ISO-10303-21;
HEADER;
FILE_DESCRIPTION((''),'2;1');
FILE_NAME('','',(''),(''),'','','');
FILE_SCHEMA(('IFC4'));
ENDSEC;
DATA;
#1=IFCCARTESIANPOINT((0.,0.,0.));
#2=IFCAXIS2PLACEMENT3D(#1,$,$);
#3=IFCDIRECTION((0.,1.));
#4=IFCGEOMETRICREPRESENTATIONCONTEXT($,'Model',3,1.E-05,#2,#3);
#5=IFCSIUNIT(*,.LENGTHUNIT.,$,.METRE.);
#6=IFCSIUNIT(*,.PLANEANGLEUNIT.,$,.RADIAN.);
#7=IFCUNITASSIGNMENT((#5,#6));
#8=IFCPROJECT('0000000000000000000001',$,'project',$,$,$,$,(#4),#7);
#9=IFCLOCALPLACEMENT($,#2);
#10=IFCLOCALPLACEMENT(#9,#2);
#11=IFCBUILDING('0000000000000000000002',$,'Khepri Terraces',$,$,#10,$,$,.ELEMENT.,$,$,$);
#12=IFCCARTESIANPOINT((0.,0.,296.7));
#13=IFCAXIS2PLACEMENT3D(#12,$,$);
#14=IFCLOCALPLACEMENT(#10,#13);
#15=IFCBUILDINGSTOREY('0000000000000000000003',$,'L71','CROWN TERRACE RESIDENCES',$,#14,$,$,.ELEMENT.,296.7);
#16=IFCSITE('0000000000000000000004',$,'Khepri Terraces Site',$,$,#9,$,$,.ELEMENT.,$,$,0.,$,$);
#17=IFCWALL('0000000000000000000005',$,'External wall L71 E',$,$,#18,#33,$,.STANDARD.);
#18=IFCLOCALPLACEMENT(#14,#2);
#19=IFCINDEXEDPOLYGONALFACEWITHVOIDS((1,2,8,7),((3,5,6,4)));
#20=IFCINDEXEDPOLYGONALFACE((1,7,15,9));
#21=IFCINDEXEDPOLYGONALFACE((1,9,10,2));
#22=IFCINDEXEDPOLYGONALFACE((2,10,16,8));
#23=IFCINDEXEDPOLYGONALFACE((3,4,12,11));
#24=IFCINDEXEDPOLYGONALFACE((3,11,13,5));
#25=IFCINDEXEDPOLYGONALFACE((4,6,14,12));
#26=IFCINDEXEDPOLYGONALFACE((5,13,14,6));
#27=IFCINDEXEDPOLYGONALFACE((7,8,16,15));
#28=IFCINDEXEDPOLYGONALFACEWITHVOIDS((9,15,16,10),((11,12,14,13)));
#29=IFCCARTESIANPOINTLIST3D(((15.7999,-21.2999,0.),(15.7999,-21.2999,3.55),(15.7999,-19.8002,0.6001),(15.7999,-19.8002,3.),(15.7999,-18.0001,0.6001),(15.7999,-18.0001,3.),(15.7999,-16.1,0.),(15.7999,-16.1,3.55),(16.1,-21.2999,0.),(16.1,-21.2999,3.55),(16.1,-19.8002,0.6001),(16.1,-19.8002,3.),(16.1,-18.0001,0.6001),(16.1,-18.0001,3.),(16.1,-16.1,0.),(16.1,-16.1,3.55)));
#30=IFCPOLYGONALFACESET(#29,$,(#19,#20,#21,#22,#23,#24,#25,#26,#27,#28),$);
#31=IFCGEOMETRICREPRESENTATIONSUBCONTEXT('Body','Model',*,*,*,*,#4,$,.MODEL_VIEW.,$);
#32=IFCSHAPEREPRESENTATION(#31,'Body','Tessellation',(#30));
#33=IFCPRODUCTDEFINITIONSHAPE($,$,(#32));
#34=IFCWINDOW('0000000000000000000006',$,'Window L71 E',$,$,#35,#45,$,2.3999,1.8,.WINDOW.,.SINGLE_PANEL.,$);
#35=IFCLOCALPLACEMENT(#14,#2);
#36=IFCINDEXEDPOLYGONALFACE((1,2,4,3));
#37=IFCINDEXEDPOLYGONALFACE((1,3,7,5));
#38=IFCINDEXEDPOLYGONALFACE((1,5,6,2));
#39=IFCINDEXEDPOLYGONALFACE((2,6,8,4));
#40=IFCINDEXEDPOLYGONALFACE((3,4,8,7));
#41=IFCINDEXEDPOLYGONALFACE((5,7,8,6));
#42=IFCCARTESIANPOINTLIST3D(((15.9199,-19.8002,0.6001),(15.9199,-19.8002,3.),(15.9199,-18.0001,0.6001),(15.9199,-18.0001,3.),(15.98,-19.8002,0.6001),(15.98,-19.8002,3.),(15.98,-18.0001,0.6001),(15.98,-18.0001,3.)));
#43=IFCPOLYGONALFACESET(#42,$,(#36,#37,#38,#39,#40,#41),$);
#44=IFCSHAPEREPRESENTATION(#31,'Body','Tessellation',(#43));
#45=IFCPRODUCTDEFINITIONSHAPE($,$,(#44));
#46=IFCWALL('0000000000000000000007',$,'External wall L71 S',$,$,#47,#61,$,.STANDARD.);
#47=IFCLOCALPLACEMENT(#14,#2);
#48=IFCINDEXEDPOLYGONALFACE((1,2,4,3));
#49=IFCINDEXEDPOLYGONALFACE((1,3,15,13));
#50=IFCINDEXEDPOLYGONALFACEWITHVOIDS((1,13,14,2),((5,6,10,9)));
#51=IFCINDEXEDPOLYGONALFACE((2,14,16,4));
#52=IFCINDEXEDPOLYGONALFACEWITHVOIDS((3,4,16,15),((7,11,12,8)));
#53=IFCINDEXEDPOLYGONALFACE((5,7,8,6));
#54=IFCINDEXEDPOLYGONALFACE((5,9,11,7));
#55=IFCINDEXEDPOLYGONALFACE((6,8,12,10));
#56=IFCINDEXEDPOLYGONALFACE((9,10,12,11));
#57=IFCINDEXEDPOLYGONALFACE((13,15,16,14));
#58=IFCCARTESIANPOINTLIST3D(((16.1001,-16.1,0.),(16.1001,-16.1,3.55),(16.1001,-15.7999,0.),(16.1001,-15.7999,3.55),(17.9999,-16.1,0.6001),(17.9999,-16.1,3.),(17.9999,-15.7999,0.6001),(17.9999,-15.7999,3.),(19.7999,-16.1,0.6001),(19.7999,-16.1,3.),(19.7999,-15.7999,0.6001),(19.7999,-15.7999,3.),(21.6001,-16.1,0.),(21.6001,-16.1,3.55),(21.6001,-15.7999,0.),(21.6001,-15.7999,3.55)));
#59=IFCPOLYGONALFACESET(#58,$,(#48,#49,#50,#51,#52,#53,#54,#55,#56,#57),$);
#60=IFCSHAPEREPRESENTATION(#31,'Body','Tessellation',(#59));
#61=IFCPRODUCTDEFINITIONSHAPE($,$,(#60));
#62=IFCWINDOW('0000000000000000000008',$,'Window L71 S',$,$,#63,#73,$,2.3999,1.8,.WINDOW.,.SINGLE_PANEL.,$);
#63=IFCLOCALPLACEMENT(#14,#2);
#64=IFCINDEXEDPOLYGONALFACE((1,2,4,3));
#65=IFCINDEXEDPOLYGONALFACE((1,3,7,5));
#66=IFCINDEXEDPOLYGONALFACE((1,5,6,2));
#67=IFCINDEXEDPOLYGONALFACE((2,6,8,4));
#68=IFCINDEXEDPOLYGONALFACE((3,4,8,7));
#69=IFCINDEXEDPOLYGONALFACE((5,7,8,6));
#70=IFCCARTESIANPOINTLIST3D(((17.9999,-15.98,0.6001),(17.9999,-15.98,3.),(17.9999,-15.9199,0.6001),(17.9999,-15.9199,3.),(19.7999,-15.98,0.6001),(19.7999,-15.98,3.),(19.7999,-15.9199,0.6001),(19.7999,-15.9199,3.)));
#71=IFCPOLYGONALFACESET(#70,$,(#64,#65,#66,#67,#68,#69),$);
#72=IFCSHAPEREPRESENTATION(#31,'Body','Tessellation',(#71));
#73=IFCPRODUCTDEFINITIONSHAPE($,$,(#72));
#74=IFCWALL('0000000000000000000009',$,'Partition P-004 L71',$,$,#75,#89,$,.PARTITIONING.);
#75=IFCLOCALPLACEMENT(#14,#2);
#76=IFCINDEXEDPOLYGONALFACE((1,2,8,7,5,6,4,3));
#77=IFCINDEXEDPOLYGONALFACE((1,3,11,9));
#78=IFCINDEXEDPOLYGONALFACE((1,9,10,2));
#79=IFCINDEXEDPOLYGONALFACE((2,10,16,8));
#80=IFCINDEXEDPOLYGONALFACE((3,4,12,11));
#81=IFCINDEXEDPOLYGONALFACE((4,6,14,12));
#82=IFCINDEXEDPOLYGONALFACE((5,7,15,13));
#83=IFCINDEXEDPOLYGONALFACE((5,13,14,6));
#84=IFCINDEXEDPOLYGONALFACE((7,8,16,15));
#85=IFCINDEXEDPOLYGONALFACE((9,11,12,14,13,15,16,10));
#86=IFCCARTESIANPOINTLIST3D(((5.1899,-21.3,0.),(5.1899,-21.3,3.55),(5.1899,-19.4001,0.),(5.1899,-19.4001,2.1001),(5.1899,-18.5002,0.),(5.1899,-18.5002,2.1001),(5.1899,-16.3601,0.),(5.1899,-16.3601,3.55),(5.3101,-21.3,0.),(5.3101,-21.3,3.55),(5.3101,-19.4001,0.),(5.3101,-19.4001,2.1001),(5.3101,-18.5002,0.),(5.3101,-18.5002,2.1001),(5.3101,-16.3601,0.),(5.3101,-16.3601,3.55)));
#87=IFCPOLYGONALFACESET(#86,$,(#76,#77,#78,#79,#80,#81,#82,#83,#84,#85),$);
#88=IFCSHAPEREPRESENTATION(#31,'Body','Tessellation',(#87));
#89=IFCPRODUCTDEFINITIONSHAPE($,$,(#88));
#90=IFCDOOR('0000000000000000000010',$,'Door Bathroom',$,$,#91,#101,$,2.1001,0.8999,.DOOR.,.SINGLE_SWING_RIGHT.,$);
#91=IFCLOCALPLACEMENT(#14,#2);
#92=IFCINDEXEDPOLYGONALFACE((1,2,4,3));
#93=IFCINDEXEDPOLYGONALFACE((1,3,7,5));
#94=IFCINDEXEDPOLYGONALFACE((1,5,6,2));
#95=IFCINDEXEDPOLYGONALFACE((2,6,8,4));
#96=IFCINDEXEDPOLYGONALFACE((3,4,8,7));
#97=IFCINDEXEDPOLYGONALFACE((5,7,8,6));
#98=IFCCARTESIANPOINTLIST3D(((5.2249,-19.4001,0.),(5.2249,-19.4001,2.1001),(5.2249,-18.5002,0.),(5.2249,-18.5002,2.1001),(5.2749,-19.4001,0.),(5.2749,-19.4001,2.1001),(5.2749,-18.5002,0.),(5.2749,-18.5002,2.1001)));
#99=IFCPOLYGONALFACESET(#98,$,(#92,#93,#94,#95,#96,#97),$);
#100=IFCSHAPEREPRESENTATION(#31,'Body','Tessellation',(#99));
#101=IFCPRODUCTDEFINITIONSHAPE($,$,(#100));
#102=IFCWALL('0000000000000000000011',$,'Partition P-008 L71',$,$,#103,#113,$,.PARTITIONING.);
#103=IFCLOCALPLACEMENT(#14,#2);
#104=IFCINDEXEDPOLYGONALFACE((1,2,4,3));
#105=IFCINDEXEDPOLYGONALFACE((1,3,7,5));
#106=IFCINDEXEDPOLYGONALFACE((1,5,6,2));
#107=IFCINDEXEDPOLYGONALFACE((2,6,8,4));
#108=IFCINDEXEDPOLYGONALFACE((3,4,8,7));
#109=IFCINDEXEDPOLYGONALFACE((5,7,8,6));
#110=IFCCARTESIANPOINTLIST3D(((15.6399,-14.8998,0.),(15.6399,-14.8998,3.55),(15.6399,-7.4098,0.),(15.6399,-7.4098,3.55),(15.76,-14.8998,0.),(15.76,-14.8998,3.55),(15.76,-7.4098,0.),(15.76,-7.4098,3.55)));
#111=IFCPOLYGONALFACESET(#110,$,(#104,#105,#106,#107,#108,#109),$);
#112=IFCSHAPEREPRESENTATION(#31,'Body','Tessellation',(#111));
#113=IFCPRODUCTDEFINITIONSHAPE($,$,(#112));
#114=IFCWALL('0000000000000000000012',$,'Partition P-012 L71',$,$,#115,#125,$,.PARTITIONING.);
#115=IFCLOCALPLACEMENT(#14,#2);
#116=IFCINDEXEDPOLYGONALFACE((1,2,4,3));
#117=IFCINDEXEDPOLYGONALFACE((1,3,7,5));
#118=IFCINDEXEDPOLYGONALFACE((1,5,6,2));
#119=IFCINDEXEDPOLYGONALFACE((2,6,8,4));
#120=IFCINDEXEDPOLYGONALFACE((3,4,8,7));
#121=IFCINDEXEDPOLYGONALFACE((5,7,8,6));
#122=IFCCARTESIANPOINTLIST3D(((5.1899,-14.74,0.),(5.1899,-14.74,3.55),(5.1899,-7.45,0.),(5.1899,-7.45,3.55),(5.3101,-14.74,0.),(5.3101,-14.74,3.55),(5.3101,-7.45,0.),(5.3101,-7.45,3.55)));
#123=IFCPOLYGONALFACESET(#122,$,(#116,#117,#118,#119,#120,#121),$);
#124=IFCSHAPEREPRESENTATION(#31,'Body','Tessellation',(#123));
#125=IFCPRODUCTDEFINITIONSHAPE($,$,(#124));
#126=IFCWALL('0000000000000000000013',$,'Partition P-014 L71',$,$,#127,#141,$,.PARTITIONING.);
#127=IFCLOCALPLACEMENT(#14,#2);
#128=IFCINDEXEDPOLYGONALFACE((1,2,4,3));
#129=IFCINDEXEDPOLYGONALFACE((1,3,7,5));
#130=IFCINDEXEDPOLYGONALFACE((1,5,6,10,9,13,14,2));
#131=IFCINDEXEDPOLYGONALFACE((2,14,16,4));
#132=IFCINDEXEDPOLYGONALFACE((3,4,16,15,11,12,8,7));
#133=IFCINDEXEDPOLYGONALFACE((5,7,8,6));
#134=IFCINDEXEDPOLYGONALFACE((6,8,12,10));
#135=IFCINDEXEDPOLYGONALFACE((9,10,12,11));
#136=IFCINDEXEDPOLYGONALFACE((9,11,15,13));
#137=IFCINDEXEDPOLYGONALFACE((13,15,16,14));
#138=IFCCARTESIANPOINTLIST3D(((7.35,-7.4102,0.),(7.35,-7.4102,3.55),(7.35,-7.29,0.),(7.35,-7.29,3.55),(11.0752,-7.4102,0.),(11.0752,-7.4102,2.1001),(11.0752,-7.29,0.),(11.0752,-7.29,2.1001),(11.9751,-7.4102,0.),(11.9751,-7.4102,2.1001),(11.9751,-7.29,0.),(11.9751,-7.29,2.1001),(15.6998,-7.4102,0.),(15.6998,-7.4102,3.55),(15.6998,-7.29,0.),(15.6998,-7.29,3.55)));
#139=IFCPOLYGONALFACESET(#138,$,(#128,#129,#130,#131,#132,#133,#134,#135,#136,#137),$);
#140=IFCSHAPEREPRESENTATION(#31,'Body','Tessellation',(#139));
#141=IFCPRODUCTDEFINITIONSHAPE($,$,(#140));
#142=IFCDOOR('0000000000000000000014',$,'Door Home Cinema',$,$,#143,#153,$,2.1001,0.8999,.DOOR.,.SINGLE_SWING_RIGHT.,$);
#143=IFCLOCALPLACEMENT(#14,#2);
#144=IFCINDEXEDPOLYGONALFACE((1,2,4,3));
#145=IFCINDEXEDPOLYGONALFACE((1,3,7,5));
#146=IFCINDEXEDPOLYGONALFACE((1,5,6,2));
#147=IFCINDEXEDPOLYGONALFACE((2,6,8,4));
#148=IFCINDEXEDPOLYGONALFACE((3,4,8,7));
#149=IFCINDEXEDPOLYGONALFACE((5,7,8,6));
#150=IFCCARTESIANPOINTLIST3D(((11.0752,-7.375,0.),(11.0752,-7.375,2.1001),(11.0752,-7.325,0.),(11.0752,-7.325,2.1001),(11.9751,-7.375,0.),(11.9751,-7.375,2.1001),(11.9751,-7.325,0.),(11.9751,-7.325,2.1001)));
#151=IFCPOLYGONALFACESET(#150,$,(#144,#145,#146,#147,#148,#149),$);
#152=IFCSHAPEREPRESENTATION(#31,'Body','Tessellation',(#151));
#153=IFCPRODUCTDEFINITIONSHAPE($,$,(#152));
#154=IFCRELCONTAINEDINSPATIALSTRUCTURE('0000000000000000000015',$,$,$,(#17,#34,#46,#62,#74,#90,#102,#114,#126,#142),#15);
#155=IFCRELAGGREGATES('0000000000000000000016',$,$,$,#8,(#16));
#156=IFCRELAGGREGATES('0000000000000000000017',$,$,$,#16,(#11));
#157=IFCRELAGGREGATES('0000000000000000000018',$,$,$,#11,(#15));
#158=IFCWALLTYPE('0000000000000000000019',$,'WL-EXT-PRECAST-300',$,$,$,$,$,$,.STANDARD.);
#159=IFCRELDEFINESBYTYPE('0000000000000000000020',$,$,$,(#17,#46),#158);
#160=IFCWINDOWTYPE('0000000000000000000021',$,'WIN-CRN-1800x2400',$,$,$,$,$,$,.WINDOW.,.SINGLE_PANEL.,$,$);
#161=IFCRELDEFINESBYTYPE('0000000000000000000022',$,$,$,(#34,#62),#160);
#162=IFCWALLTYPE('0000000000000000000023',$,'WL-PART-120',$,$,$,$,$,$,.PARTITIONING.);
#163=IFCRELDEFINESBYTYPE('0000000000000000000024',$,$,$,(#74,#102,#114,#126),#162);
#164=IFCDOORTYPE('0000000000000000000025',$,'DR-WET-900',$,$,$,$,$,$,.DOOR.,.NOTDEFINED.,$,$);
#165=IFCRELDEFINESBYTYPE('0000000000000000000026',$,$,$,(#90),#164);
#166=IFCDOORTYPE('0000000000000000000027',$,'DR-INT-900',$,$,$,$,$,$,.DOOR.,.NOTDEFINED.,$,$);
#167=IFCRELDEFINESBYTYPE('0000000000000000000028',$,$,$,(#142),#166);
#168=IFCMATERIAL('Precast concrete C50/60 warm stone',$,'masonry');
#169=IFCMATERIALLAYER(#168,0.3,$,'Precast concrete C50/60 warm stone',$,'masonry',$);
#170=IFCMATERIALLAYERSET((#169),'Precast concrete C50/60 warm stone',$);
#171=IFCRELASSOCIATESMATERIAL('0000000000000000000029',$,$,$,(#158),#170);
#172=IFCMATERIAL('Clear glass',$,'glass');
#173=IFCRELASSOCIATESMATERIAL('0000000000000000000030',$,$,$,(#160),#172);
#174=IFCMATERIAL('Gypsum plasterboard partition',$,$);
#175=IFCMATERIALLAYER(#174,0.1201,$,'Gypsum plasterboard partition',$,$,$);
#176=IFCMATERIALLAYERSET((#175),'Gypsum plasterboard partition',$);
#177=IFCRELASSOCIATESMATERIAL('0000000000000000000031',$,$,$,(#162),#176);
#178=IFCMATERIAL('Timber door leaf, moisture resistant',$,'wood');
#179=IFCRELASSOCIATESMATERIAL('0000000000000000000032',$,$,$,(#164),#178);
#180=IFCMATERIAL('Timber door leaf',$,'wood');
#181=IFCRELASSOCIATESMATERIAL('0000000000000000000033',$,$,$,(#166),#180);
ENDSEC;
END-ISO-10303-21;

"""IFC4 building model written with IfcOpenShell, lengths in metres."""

from ifc_helpers import new_model, si_unit, direction, frame, frame_2d, origin, place, context, subcontext, project, spatial, rectangle, extrude, material, layer, layer_set, type_object, element, fill, save


model = new_model("IFC4")

# Units and contexts
model_context = context("Model", 3, precision=1e-05, world=origin(), true_north=direction((0.0, 1.0)))
body_context = subcontext(model_context, "Body", "Model", "MODEL_VIEW")
ifc_project = project(units=[si_unit("LENGTHUNIT", "METRE"), si_unit("PLANEANGLEUNIT", "RADIAN")], contexts=[model_context])

# Site, building, storey
site_placement = place(None, origin())
site = spatial("IfcSite", under=ifc_project, at=site_placement, Name="Khepri Terraces Site", CompositionType="ELEMENT", RefElevation=0.0)
building_placement = place(site_placement, origin())
building = spatial("IfcBuilding", under=site, at=building_placement, Name="Khepri Terraces", CompositionType="ELEMENT")
storey_placement = place(building_placement, frame((0.0, 0.0, 296.7)))
storey = spatial("IfcBuildingStorey", under=building, at=storey_placement, Name="L71", Description="CROWN TERRACE RESIDENCES", CompositionType="ELEMENT", Elevation=296.7)

# Shared definitions
ifc_material_1 = material(Name="Precast concrete C50/60 warm stone", Category="masonry")
ifc_layer_1 = layer(ifc_material_1, 0.3, Name="Precast concrete C50/60 warm stone", Category="masonry")
ifc_layer_set_1 = layer_set([ifc_layer_1], Name="Precast concrete C50/60 warm stone")
wall_type_1 = type_object("IfcWallType", Name="WL-EXT-PRECAST-300", PredefinedType="STANDARD", material=ifc_layer_set_1)
ifc_material_2 = material(Name="Clear glass", Category="glass")
window_type_1 = type_object("IfcWindowType", Name="WIN-CRN-1800x2400", PartitioningType="SINGLE_PANEL", PredefinedType="WINDOW", material=ifc_material_2)

# Walls, openings, windows
wall_1_placement = place(storey_placement, frame((15.95, -21.3, 0.0), z_axis=(0.0, 0.0, 1.0), x_axis=(0.0, 1.0, 0.0)))
wall_1 = element("IfcWall", 1, at=wall_1_placement, inside=storey, type_object=wall_type_1, Name="External wall L71 E", PredefinedType="STANDARD", context=body_context, shape_type="SweptSolid", body=[
    extrude(rectangle(XDim=5.2, YDim=0.3, at=frame_2d((2.6001, 0.0))), origin(), (0.0, 0.0, 1.0), 3.55),
])
opening_1_placement = place(wall_1_placement, frame((1.5, 0.0, 0.6001)))
opening_1 = element("IfcOpeningElement", 2, at=opening_1_placement, cuts=wall_1, PredefinedType="OPENING", context=body_context, shape_type="SweptSolid", body=[
    extrude(rectangle(XDim=1.8, YDim=2.3999, at=frame_2d((0.8999, 1.2))), frame((0.0, 0.1602, 0.0), z_axis=(0.0, -1.0, 0.0), x_axis=(1.0, 0.0, 0.0)), (0.0, 0.0, 1.0), 0.3201),
])
window_1_placement = place(opening_1_placement, origin())
window_1 = element("IfcWindow", 3, at=window_1_placement, inside=storey, type_object=window_type_1, Name="Window L71 E", OverallHeight=2.3999, OverallWidth=1.8, PartitioningType="SINGLE_PANEL", PredefinedType="WINDOW", context=body_context, shape_type="SweptSolid", body=[
    extrude(rectangle(XDim=1.8, YDim=2.3999, at=frame_2d((0.8999, 1.2))), frame((0.0, 0.03, 0.0), z_axis=(0.0, -1.0, 0.0), x_axis=(1.0, 0.0, 0.0)), (0.0, 0.0, 1.0), 0.0601),
])
fill(opening_1, window_1)
wall_2_placement = place(storey_placement, frame((16.1001, -15.95, 0.0), z_axis=(0.0, 0.0, 1.0), x_axis=(1.0, 0.0, 0.0)))
wall_2 = element("IfcWall", 4, at=wall_2_placement, inside=storey, type_object=wall_type_1, Name="External wall L71 S", PredefinedType="STANDARD", context=body_context, shape_type="SweptSolid", body=[
    extrude(rectangle(XDim=5.5, YDim=0.3, at=frame_2d((2.75, 0.0))), origin(), (0.0, 0.0, 1.0), 3.55),
])
opening_2_placement = place(wall_2_placement, frame((1.8999, 0.0, 0.6001)))
opening_2 = element("IfcOpeningElement", 5, at=opening_2_placement, cuts=wall_2, PredefinedType="OPENING", context=body_context, shape_type="SweptSolid", body=[
    extrude(rectangle(XDim=1.8, YDim=2.3999, at=frame_2d((0.8999, 1.2))), frame((0.0, 0.1602, 0.0), z_axis=(0.0, -1.0, 0.0), x_axis=(1.0, 0.0, 0.0)), (0.0, 0.0, 1.0), 0.3201),
])
window_2_placement = place(opening_2_placement, origin())
window_2 = element("IfcWindow", 6, at=window_2_placement, inside=storey, type_object=window_type_1, Name="Window L71 S", OverallHeight=2.3999, OverallWidth=1.8, PartitioningType="SINGLE_PANEL", PredefinedType="WINDOW", context=body_context, shape_type="SweptSolid", body=[
    extrude(rectangle(XDim=1.8, YDim=2.3999, at=frame_2d((0.8999, 1.2))), frame((0.0, 0.03, 0.0), z_axis=(0.0, -1.0, 0.0), x_axis=(1.0, 0.0, 0.0)), (0.0, 0.0, 1.0), 0.0601),
])
fill(opening_2, window_2)

# Wall, opening, door
ifc_material_3 = material(Name="Gypsum plasterboard partition")
ifc_layer_2 = layer(ifc_material_3, 0.1201, Name="Gypsum plasterboard partition")
ifc_layer_set_2 = layer_set([ifc_layer_2], Name="Gypsum plasterboard partition")
wall_type_2 = type_object("IfcWallType", Name="WL-PART-120", PredefinedType="PARTITIONING", material=ifc_layer_set_2)
wall_3_placement = place(storey_placement, frame((5.25, -21.3, 0.0), z_axis=(0.0, 0.0, 1.0), x_axis=(0.0, 1.0, 0.0)))
wall_3 = element("IfcWall", 7, at=wall_3_placement, inside=storey, type_object=wall_type_2, Name="Partition P-004 L71", PredefinedType="PARTITIONING", context=body_context, shape_type="SweptSolid", body=[
    extrude(rectangle(XDim=4.9399, YDim=0.1201, at=frame_2d((2.47, 0.0))), origin(), (0.0, 0.0, 1.0), 3.55),
])
opening_3_placement = place(wall_3_placement, frame((1.8999, 0.0, 0.0)))
opening_3 = element("IfcOpeningElement", 8, at=opening_3_placement, cuts=wall_3, PredefinedType="OPENING", context=body_context, shape_type="SweptSolid", body=[
    extrude(rectangle(XDim=0.8999, YDim=2.1001, at=frame_2d((0.45, 1.05))), frame((0.0, 0.0701, 0.0), z_axis=(0.0, -1.0, 0.0), x_axis=(1.0, 0.0, 0.0)), (0.0, 0.0, 1.0), 0.1401),
])
ifc_material_4 = material(Name="Timber door leaf, moisture resistant", Category="wood")
door_type_1 = type_object("IfcDoorType", Name="DR-WET-900", OperationType="NOTDEFINED", PredefinedType="DOOR", material=ifc_material_4)
door_1_placement = place(opening_3_placement, frame((0.8999, 0.0, 0.0), z_axis=(0.0, 0.0, 1.0), x_axis=(-1.0, 0.0, 0.0)))
door_1 = element("IfcDoor", 9, at=door_1_placement, inside=storey, type_object=door_type_1, Name="Door Bathroom", OperationType="SINGLE_SWING_RIGHT", OverallHeight=2.1001, OverallWidth=0.8999, PredefinedType="DOOR", context=body_context, shape_type="SweptSolid", body=[
    extrude(rectangle(XDim=0.8999, YDim=2.1001, at=frame_2d((0.45, 1.05))), frame((0.0, 0.0249, 0.0), z_axis=(0.0, -1.0, 0.0), x_axis=(1.0, 0.0, 0.0)), (0.0, 0.0, 1.0), 0.05),
])
fill(opening_3, door_1)

# Walls
wall_4_placement = place(storey_placement, frame((15.7, -14.8999, 0.0), z_axis=(0.0, 0.0, 1.0), x_axis=(0.0, 1.0, 0.0)))
element("IfcWall", 10, at=wall_4_placement, inside=storey, type_object=wall_type_2, Name="Partition P-008 L71", PredefinedType="PARTITIONING", context=body_context, shape_type="SweptSolid", body=[
    extrude(rectangle(XDim=7.49, YDim=0.1201, at=frame_2d((3.7451, 0.0))), origin(), (0.0, 0.0, 1.0), 3.55),
])
wall_5_placement = place(storey_placement, frame((5.25, -14.74, 0.0), z_axis=(0.0, 0.0, 1.0), x_axis=(0.0, 1.0, 0.0)))
element("IfcWall", 11, at=wall_5_placement, inside=storey, type_object=wall_type_2, Name="Partition P-012 L71", PredefinedType="PARTITIONING", context=body_context, shape_type="SweptSolid", body=[
    extrude(rectangle(XDim=7.29, YDim=0.1201, at=frame_2d((3.645, 0.0))), origin(), (0.0, 0.0, 1.0), 3.55),
])

# Wall, opening, door
wall_6_placement = place(storey_placement, frame((7.3501, -7.3501, 0.0), z_axis=(0.0, 0.0, 1.0), x_axis=(1.0, 0.0, 0.0)))
wall_6 = element("IfcWall", 12, at=wall_6_placement, inside=storey, type_object=wall_type_2, Name="Partition P-014 L71", PredefinedType="PARTITIONING", context=body_context, shape_type="SweptSolid", body=[
    extrude(rectangle(XDim=8.3499, YDim=0.1201, at=frame_2d((4.1748, 0.0))), origin(), (0.0, 0.0, 1.0), 3.55),
])
opening_4_placement = place(wall_6_placement, frame((3.7251, 0.0, 0.0)))
opening_4 = element("IfcOpeningElement", 13, at=opening_4_placement, cuts=wall_6, PredefinedType="OPENING", context=body_context, shape_type="SweptSolid", body=[
    extrude(rectangle(XDim=0.8999, YDim=2.1001, at=frame_2d((0.45, 1.05))), frame((0.0, 0.0701, 0.0), z_axis=(0.0, -1.0, 0.0), x_axis=(1.0, 0.0, 0.0)), (0.0, 0.0, 1.0), 0.1401),
])
ifc_material_5 = material(Name="Timber door leaf", Category="wood")
door_type_2 = type_object("IfcDoorType", Name="DR-INT-900", OperationType="NOTDEFINED", PredefinedType="DOOR", material=ifc_material_5)
door_2_placement = place(opening_4_placement, frame((0.8999, 0.0, 0.0), z_axis=(0.0, 0.0, 1.0), x_axis=(-1.0, 0.0, 0.0)))
door_2 = element("IfcDoor", 14, at=door_2_placement, inside=storey, type_object=door_type_2, Name="Door Home Cinema", OperationType="SINGLE_SWING_RIGHT", OverallHeight=2.1001, OverallWidth=0.8999, PredefinedType="DOOR", context=body_context, shape_type="SweptSolid", body=[
    extrude(rectangle(XDim=0.8999, YDim=2.1001, at=frame_2d((0.45, 1.05))), frame((0.0, 0.0249, 0.0), z_axis=(0.0, -1.0, 0.0), x_axis=(1.0, 0.0, 0.0)), (0.0, 0.0, 1.0), 0.05),
])
fill(opening_4, door_2)

save(model, "model.ifc")
